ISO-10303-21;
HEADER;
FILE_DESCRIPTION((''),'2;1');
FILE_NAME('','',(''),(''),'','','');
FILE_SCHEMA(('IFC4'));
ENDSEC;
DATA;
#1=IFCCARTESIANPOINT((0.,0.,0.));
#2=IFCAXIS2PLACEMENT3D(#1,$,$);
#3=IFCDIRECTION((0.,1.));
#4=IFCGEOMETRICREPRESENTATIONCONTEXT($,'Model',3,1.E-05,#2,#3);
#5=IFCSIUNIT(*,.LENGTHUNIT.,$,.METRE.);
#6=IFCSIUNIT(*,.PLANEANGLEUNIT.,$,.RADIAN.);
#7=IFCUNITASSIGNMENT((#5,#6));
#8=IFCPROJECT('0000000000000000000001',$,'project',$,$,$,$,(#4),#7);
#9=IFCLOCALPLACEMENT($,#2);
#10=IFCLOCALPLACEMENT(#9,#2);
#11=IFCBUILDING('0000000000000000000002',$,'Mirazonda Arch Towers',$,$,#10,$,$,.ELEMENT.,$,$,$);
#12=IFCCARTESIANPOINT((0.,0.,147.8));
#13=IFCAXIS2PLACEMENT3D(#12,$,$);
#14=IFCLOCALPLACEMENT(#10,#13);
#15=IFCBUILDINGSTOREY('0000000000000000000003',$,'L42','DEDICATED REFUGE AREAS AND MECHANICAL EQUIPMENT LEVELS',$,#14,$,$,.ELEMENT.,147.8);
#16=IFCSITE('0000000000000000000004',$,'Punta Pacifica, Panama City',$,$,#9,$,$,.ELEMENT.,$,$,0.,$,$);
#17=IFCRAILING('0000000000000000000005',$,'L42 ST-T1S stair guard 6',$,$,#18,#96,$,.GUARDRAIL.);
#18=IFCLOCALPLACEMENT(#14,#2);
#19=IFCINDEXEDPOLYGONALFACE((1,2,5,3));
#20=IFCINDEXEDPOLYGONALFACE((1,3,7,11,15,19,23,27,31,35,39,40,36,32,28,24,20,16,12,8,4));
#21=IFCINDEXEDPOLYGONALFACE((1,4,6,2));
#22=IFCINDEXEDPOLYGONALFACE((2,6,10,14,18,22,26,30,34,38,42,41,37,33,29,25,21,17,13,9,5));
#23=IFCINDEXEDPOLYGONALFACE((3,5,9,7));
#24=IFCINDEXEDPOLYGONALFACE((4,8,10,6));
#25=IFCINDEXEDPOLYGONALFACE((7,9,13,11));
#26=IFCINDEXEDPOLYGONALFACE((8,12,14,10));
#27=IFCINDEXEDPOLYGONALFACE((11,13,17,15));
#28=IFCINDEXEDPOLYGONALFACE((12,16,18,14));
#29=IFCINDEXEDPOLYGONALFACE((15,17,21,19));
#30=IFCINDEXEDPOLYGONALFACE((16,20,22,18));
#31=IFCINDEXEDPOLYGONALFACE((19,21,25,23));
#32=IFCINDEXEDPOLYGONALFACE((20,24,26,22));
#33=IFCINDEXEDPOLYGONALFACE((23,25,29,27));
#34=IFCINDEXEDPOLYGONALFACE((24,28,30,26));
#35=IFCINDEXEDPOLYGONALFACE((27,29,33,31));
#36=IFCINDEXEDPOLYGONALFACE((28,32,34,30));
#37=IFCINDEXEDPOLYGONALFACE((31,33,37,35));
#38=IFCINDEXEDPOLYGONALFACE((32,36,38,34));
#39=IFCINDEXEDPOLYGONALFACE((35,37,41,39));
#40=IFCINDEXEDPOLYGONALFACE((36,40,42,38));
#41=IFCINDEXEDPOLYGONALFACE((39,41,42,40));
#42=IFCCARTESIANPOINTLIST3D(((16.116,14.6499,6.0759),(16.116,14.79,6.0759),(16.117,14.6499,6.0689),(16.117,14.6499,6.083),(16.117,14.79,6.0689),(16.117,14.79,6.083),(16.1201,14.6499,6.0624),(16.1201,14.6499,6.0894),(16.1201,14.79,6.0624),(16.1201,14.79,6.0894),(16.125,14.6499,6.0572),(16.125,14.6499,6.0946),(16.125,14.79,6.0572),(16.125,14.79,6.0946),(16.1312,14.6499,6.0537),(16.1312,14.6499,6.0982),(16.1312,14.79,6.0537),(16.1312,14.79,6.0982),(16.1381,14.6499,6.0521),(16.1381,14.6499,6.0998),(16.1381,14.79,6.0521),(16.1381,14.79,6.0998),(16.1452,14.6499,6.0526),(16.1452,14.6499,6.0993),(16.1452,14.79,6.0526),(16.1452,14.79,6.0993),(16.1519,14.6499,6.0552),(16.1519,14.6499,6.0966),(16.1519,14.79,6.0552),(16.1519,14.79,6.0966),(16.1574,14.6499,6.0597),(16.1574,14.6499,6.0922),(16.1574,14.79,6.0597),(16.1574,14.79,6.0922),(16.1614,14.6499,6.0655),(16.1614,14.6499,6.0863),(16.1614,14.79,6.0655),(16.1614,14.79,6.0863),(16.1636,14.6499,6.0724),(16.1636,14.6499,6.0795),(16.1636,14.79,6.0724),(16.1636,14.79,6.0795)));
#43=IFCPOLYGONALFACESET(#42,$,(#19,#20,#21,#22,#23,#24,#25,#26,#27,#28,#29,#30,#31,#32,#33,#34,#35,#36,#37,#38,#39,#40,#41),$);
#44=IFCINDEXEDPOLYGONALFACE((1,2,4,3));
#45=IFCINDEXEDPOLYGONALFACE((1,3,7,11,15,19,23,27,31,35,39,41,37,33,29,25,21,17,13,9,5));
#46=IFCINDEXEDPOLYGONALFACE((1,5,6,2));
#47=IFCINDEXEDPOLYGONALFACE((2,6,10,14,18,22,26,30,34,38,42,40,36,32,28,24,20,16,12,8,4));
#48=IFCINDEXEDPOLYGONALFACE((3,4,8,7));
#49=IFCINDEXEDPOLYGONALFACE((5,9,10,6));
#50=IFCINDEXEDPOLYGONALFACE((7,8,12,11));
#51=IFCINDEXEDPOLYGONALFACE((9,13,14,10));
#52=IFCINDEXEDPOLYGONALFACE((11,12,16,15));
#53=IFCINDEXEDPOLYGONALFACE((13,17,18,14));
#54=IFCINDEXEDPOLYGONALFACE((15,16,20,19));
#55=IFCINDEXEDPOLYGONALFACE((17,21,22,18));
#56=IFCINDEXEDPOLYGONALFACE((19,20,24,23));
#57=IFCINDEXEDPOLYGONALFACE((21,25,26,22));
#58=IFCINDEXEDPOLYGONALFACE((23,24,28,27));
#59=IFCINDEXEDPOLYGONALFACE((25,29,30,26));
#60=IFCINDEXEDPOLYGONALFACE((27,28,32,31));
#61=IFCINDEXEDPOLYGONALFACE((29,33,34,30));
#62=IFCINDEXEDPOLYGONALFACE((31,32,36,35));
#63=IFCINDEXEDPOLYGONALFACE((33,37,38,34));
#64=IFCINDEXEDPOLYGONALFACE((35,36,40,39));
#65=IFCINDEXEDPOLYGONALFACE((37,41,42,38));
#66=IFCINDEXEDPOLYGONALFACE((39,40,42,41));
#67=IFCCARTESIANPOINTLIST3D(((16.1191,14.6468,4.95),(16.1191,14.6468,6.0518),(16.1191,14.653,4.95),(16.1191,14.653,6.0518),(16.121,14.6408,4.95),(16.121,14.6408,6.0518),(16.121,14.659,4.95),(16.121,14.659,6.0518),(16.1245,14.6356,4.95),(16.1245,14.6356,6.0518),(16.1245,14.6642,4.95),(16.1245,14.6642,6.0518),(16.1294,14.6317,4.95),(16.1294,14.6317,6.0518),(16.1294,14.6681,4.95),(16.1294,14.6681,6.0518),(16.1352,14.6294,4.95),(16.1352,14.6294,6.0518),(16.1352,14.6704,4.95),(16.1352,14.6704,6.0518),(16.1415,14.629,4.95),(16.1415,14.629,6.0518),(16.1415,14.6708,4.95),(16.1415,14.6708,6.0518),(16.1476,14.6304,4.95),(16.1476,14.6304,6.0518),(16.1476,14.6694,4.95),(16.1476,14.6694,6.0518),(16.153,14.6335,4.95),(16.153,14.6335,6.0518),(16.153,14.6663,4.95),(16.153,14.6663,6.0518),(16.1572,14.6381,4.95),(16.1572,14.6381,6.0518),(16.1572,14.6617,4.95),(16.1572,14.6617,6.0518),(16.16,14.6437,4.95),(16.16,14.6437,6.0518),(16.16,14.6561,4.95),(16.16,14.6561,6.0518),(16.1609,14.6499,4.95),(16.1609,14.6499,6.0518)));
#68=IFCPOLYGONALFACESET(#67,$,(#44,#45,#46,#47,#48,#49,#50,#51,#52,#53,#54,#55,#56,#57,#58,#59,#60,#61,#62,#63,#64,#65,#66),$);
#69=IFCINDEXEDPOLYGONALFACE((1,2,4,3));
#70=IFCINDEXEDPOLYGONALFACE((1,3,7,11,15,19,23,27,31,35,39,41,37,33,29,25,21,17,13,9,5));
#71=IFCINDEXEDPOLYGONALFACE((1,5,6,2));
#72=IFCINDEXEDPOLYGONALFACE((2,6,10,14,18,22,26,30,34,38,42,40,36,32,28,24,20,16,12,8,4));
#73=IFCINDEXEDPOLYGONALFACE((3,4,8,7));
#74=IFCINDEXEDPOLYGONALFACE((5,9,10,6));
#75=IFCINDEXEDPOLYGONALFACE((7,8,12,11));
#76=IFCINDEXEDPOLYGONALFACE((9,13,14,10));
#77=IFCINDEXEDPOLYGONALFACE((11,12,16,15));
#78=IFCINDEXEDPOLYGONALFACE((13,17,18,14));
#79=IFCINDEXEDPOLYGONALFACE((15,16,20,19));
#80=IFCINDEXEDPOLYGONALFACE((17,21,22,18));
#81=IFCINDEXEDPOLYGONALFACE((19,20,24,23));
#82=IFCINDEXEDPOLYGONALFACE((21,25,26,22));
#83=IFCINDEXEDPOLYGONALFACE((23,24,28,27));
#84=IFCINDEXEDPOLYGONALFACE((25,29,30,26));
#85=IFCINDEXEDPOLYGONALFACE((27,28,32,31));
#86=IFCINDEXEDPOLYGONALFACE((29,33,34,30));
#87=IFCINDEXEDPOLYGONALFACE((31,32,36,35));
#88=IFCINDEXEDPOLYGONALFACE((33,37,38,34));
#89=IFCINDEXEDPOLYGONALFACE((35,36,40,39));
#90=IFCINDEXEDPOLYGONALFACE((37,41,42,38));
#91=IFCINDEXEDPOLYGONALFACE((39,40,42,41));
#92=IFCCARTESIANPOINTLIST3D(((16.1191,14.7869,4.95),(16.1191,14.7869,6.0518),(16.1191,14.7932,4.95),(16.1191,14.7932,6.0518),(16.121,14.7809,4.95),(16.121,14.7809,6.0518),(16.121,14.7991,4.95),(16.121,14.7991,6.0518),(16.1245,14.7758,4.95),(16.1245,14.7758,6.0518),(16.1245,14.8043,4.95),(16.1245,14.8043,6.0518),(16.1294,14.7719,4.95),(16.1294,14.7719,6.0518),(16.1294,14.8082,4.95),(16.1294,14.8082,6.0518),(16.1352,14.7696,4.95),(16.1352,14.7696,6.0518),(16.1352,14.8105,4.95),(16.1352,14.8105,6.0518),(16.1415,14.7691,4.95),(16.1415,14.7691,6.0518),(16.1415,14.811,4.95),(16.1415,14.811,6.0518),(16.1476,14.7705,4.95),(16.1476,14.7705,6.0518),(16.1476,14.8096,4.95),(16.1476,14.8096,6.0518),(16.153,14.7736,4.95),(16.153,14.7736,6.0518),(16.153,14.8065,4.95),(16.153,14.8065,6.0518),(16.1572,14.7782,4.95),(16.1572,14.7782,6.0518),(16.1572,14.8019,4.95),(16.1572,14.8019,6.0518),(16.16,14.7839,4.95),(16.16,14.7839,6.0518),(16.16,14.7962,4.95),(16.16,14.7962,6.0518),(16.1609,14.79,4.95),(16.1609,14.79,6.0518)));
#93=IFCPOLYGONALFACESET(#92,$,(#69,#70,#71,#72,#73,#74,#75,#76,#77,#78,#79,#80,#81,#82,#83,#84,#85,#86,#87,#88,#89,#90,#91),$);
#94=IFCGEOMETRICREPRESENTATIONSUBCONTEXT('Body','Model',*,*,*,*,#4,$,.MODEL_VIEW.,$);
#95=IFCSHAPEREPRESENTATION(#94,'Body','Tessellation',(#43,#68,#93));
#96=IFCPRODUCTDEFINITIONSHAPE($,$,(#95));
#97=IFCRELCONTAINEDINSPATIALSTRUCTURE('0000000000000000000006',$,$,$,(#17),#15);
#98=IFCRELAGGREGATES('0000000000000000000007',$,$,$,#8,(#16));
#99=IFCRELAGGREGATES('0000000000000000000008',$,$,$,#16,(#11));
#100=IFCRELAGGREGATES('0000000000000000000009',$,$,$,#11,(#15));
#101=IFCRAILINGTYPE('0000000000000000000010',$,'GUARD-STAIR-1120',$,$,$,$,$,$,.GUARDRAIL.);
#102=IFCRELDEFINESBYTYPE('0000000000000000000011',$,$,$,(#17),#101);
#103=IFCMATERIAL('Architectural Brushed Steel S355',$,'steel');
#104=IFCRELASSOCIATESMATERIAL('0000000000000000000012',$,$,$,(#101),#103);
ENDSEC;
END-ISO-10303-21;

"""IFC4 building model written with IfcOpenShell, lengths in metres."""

from ifc_helpers import new_model, si_unit, direction, frame, origin, origin_2d, place, context, subcontext, project, spatial, circle, extrude, material, type_object, element, save


model = new_model("IFC4")

# Units and contexts
model_context = context("Model", 3, precision=1e-05, world=origin(), true_north=direction((0.0, 1.0)))
body_context = subcontext(model_context, "Body", "Model", "MODEL_VIEW")
ifc_project = project(units=[si_unit("LENGTHUNIT", "METRE"), si_unit("PLANEANGLEUNIT", "RADIAN")], contexts=[model_context])

# Site, building, storey
site_placement = place(None, origin())
site = spatial("IfcSite", under=ifc_project, at=site_placement, Name="Punta Pacifica, Panama City", CompositionType="ELEMENT", RefElevation=0.0)
building_placement = place(site_placement, origin())
building = spatial("IfcBuilding", under=site, at=building_placement, Name="Mirazonda Arch Towers", CompositionType="ELEMENT")
storey_placement = place(building_placement, frame((0.0, 0.0, 147.8)))
storey = spatial("IfcBuildingStorey", under=building, at=storey_placement, Name="L42", Description="DEDICATED REFUGE AREAS AND MECHANICAL EQUIPMENT LEVELS", CompositionType="ELEMENT", Elevation=147.8)

# Shared definitions
ifc_material_1 = material(Name="Architectural Brushed Steel S355", Category="steel")

# Railing
railing_type_1 = type_object("IfcRailingType", Name="GUARD-STAIR-1120", PredefinedType="GUARDRAIL", material=ifc_material_1)
railing_1_placement = place(storey_placement, frame((16.1399, 14.6499, 4.95)))
element("IfcRailing", 1, at=railing_1_placement, inside=storey, type_object=railing_type_1, Name="L42 ST-T1S stair guard 6", PredefinedType="GUARDRAIL", context=body_context, shape_type="SweptSolid", body=[
    extrude(circle(Radius=0.0239, at=origin_2d()), frame((0.0, 0.0, 1.126), z_axis=(0.0, 1.0, 0.0), x_axis=(-1.0, 0.0, 0.0)), (0.0, 0.0, 1.0), 0.1401),
    extrude(circle(Radius=0.021, at=origin_2d()), origin(), (0.0, 0.0, 1.0), 1.1018),
    extrude(circle(Radius=0.021, at=origin_2d()), frame((0.0, 0.1401, 0.0)), (0.0, 0.0, 1.0), 1.1018),
])

save(model, "model.ifc")
